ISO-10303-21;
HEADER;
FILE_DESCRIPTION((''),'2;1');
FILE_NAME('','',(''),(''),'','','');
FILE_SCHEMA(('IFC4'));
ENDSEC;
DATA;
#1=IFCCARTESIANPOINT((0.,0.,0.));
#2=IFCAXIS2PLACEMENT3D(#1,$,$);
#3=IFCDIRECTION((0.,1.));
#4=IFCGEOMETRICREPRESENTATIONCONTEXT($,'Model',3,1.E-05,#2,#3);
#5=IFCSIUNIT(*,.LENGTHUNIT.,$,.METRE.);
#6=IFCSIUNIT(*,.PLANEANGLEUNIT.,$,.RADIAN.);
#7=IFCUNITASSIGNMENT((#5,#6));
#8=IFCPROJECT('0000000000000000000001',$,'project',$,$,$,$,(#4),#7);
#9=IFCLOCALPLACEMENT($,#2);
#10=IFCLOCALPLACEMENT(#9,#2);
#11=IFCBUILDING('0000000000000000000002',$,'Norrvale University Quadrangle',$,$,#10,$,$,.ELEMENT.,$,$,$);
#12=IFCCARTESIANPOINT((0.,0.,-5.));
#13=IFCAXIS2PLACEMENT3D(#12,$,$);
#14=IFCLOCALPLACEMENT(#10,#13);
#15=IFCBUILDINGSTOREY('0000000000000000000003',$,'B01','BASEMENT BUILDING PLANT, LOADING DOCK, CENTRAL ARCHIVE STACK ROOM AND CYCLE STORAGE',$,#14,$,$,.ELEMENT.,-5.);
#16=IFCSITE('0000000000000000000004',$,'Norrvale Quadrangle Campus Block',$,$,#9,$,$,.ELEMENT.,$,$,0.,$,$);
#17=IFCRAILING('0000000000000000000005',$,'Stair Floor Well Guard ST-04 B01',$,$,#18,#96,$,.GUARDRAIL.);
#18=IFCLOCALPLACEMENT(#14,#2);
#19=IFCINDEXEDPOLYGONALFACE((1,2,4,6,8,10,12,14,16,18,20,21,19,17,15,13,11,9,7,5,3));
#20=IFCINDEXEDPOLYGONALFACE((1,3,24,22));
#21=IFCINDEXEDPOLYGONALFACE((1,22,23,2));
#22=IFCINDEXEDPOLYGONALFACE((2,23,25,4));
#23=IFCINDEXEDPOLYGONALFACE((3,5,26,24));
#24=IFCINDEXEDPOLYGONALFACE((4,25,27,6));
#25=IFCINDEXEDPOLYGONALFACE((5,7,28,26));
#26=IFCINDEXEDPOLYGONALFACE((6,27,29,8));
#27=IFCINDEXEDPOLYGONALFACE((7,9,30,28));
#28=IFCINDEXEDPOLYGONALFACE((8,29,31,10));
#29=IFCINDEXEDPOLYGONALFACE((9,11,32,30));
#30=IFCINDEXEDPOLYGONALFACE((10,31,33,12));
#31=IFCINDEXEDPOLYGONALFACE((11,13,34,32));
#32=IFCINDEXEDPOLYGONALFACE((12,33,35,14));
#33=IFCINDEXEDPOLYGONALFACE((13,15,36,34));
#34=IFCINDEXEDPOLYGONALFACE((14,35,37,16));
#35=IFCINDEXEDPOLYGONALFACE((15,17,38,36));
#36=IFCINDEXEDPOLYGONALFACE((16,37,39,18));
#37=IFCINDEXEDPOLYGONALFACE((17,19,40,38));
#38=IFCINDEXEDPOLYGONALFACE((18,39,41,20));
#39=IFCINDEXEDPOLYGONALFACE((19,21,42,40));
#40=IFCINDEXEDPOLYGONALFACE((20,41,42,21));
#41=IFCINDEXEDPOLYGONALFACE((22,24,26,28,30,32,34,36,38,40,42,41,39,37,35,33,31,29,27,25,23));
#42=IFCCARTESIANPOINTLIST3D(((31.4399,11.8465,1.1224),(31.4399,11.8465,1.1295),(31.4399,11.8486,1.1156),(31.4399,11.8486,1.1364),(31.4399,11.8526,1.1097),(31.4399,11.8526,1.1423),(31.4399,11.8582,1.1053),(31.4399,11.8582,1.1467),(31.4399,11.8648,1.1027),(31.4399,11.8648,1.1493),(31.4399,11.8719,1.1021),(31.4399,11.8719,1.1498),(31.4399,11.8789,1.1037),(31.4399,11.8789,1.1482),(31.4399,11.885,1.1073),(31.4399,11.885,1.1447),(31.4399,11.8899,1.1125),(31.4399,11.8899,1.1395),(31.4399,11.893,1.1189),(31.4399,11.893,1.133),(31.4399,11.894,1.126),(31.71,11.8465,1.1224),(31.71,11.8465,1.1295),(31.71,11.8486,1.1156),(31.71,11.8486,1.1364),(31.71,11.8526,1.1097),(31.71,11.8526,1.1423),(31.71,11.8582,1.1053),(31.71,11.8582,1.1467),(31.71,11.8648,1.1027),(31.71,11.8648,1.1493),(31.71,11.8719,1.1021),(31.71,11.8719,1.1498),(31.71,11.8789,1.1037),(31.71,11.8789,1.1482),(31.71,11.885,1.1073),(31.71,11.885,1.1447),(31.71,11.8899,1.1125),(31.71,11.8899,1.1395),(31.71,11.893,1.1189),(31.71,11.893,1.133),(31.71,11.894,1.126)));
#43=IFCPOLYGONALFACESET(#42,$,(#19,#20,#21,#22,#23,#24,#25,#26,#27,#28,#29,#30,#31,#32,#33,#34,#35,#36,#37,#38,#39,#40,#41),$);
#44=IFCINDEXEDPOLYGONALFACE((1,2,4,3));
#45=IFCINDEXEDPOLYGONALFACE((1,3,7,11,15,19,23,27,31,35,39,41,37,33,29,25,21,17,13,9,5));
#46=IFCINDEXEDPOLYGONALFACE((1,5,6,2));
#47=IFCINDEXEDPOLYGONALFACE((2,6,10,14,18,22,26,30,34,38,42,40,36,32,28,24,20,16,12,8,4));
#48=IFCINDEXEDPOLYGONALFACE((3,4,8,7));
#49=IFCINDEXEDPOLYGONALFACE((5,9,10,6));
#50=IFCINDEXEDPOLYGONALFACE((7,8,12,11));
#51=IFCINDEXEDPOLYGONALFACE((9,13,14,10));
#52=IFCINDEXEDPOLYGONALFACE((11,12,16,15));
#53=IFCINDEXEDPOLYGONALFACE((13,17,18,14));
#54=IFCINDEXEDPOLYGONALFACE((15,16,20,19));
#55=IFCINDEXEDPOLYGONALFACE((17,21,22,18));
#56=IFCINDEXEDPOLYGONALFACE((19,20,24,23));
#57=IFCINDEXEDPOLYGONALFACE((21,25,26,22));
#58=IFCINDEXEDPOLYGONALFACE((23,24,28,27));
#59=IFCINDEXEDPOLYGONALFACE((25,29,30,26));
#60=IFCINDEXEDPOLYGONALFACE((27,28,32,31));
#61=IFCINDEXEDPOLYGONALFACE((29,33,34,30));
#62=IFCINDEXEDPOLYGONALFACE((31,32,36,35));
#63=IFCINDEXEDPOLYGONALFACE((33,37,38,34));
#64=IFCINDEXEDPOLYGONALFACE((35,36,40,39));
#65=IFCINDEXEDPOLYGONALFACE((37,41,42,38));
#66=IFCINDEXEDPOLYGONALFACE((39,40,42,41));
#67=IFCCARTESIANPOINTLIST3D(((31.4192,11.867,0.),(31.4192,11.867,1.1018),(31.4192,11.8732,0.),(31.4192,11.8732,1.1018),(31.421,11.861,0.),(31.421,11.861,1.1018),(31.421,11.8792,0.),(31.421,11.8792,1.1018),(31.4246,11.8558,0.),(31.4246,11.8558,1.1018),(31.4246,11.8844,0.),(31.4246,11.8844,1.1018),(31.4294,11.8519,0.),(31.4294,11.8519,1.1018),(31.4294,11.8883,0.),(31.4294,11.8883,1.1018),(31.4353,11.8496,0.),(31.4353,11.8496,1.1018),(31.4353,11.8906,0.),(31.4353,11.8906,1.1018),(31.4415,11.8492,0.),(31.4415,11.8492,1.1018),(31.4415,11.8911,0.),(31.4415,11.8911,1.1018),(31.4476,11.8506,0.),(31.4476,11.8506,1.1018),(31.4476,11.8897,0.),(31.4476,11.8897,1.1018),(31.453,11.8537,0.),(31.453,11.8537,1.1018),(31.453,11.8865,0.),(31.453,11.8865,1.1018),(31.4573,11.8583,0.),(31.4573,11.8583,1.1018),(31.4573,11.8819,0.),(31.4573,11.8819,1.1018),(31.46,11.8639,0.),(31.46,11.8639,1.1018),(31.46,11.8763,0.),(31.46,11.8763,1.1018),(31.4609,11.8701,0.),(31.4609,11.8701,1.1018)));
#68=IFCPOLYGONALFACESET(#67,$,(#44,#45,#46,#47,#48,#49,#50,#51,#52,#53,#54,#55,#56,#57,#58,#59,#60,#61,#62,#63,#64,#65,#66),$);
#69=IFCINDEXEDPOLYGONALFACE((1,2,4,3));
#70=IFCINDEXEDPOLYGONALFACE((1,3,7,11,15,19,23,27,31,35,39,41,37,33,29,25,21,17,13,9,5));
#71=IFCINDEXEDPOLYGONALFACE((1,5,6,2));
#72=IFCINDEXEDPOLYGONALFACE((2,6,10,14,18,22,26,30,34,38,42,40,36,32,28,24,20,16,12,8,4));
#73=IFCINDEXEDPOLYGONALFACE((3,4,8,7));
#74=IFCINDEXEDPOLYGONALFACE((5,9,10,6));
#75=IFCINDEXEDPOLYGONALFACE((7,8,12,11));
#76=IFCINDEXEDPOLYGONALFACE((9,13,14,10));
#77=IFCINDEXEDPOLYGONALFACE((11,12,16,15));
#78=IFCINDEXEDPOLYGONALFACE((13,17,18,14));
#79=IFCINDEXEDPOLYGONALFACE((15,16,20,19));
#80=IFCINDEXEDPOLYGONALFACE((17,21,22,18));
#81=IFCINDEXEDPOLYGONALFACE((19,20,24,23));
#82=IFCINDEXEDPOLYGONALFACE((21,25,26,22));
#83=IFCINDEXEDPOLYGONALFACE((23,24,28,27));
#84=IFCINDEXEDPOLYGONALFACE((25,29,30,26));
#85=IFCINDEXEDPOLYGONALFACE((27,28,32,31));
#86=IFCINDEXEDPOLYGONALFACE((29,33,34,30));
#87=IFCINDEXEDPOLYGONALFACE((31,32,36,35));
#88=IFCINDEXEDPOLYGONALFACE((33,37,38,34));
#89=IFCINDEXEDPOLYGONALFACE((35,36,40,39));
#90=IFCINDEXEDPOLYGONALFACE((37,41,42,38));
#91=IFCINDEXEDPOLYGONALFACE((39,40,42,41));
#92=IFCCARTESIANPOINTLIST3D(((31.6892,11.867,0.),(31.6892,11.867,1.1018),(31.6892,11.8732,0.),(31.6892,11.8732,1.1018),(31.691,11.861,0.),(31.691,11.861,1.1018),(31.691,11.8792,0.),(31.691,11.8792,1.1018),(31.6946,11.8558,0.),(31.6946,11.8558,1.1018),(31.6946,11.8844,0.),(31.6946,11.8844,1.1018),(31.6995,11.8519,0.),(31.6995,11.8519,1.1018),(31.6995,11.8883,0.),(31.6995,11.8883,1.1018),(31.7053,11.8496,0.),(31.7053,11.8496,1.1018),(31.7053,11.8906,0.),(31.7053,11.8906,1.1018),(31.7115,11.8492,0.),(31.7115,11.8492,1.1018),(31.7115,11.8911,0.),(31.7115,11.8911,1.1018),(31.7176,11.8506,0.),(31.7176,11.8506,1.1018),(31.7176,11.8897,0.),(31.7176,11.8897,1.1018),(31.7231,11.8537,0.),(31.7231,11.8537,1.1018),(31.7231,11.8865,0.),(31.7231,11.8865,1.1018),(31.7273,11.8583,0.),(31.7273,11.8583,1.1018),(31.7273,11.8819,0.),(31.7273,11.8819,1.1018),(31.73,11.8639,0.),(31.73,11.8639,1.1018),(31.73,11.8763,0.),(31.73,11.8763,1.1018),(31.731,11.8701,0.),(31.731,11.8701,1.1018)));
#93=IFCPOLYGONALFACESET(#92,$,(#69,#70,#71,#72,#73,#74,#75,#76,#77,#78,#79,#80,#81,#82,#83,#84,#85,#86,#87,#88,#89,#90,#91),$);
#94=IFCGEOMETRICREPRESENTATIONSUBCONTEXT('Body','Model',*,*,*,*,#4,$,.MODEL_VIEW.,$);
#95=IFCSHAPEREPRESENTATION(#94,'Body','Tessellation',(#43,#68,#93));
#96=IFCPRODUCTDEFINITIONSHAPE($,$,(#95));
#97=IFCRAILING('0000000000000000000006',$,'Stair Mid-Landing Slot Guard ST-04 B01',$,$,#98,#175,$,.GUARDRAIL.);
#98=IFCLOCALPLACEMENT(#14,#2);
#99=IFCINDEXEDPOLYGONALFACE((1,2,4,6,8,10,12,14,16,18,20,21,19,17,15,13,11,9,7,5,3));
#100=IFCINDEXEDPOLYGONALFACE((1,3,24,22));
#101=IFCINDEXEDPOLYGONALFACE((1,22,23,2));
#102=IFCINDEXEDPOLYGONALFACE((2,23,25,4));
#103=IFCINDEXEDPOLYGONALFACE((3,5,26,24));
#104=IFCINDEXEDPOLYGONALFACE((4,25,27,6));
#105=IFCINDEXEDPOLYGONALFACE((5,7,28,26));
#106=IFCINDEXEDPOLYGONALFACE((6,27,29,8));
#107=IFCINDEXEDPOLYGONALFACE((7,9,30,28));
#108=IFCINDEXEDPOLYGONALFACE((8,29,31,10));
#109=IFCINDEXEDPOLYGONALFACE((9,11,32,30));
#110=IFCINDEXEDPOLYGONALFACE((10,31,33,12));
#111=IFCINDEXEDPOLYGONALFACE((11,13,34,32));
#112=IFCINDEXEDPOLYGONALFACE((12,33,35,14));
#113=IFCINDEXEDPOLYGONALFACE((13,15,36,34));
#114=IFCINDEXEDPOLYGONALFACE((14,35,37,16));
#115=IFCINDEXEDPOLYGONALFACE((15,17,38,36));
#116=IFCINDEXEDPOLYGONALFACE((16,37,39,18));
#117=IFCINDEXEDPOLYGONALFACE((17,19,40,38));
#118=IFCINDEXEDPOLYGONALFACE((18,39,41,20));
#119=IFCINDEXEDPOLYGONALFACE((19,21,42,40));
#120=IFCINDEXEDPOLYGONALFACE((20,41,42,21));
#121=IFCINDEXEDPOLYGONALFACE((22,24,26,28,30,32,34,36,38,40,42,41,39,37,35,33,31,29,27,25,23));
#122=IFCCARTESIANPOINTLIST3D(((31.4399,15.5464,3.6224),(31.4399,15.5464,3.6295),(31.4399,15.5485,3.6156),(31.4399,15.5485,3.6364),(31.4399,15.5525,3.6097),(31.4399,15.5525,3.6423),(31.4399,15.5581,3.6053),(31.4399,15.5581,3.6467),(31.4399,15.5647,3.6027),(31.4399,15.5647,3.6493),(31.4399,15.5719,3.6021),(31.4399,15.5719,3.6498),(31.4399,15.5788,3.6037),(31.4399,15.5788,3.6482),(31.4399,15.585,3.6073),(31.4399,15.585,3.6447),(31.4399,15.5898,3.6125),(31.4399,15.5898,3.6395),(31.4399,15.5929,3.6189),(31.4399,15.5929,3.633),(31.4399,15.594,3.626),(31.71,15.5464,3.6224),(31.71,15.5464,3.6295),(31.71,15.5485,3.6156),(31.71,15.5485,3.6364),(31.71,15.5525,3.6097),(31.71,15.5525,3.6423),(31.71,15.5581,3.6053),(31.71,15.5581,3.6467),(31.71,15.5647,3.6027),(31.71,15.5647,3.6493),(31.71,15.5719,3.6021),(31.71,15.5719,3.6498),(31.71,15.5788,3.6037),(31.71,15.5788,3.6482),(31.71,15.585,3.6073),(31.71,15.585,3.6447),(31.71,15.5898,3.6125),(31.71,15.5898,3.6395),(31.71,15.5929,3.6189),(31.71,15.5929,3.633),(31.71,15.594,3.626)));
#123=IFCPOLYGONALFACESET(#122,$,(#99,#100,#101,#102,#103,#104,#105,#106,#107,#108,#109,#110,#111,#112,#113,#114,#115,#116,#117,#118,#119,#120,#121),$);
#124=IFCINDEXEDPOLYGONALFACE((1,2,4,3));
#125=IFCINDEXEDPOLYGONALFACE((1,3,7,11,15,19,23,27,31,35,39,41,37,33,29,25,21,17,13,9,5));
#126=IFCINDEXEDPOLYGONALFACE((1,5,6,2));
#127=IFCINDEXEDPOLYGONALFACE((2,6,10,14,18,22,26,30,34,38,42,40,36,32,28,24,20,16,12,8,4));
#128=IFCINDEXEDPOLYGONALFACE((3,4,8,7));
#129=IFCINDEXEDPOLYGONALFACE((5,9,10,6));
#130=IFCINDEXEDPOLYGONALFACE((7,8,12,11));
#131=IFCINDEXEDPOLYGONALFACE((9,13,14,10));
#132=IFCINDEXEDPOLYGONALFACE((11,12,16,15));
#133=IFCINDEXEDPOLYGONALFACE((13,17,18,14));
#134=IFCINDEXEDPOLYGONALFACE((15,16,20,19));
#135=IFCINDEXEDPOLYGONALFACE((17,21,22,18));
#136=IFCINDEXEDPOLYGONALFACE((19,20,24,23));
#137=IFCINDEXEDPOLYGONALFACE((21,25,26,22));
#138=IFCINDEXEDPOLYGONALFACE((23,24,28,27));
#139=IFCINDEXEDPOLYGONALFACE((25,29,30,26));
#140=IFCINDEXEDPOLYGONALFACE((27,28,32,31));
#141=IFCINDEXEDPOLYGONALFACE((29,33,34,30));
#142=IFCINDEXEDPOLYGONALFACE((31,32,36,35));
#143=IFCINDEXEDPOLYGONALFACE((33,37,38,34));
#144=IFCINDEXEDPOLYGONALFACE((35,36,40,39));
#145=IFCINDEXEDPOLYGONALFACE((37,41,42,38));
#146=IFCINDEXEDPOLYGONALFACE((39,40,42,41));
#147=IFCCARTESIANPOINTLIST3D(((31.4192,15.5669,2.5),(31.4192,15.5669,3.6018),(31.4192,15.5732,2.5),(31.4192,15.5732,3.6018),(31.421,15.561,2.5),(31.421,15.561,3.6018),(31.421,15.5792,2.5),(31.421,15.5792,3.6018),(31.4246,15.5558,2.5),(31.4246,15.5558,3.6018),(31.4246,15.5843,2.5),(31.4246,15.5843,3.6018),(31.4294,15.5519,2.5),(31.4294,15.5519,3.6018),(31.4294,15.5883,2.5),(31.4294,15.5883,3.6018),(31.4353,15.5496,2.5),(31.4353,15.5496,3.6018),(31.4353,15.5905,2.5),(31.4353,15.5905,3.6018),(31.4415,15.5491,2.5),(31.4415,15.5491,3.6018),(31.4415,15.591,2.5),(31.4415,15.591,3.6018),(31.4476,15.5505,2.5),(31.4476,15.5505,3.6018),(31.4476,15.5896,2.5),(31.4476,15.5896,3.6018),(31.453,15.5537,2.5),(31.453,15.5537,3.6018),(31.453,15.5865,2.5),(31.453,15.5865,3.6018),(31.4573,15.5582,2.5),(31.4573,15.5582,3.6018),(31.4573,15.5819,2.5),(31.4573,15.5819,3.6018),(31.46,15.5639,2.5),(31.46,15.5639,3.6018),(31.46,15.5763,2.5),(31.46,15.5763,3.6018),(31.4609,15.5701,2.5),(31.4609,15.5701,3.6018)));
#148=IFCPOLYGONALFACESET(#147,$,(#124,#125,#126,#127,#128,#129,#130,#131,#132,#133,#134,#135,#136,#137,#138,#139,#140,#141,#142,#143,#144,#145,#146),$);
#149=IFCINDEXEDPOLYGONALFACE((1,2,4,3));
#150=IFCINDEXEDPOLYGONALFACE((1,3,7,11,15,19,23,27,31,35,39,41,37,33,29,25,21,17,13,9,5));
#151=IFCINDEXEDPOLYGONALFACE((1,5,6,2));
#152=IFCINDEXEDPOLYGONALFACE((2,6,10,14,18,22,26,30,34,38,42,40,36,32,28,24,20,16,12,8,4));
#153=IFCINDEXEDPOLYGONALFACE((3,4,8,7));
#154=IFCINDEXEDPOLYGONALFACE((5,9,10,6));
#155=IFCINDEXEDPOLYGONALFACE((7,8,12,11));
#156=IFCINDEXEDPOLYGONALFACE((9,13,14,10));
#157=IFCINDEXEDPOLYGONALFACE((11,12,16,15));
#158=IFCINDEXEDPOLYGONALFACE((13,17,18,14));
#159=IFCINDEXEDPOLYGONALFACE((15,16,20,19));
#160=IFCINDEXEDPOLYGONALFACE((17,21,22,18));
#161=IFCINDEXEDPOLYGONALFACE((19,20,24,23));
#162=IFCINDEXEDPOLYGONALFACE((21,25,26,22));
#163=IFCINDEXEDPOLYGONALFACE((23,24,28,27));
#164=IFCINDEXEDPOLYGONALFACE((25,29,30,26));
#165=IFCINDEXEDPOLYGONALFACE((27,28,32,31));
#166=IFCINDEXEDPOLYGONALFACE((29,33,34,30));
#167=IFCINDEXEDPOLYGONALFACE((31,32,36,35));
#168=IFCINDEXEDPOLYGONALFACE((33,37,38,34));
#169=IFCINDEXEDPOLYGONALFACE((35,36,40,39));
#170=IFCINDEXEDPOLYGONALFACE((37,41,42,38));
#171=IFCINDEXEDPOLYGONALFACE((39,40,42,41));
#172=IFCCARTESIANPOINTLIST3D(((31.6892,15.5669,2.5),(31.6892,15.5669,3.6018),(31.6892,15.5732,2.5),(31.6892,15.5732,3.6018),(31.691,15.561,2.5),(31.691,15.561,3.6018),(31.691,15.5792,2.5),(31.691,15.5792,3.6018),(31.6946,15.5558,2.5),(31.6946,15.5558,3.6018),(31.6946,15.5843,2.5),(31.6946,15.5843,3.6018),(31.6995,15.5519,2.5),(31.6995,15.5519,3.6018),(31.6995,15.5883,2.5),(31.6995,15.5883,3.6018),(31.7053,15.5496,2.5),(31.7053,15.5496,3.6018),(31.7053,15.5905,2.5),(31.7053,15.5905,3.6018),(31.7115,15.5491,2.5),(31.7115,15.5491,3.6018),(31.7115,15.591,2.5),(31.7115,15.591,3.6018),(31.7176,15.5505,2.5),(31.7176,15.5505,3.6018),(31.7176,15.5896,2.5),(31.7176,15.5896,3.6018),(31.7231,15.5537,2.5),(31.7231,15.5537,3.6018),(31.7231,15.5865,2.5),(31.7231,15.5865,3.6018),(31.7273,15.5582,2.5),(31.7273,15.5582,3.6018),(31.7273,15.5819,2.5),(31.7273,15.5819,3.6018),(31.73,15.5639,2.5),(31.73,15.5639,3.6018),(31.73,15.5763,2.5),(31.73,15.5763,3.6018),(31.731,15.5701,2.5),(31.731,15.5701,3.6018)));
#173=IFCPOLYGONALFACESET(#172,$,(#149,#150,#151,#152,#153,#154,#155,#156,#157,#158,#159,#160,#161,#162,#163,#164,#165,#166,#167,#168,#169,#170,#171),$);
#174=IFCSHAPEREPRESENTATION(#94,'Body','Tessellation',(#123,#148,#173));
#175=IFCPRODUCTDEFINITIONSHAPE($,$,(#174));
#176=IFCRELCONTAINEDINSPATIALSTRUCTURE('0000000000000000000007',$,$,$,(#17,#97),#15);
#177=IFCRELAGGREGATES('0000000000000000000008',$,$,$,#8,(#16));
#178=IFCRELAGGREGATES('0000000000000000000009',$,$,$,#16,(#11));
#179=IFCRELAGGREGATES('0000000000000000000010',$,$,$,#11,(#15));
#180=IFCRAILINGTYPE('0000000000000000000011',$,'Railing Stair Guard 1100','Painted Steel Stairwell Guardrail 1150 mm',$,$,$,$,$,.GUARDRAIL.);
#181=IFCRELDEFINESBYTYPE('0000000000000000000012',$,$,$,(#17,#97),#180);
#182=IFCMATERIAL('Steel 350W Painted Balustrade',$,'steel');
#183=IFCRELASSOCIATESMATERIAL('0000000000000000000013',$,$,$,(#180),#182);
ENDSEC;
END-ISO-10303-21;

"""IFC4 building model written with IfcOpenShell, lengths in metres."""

from ifc_helpers import new_model, si_unit, direction, frame, origin, origin_2d, place, context, subcontext, project, spatial, circle, extrude, material, type_object, element, save


model = new_model("IFC4")

# Units and contexts
model_context = context("Model", 3, precision=1e-05, world=origin(), true_north=direction((0.0, 1.0)))
body_context = subcontext(model_context, "Body", "Model", "MODEL_VIEW")
ifc_project = project(units=[si_unit("LENGTHUNIT", "METRE"), si_unit("PLANEANGLEUNIT", "RADIAN")], contexts=[model_context])

# Site, building, storey
site_placement = place(None, origin())
site = spatial("IfcSite", under=ifc_project, at=site_placement, Name="Norrvale Quadrangle Campus Block", CompositionType="ELEMENT", RefElevation=0.0)
building_placement = place(site_placement, origin())
building = spatial("IfcBuilding", under=site, at=building_placement, Name="Norrvale University Quadrangle", CompositionType="ELEMENT")
storey_placement = place(building_placement, frame((0.0, 0.0, -5.0)))
storey = spatial("IfcBuildingStorey", under=building, at=storey_placement, Name="B01", Description="BASEMENT BUILDING PLANT, LOADING DOCK, CENTRAL ARCHIVE STACK ROOM AND CYCLE STORAGE", CompositionType="ELEMENT", Elevation=-5.0)

# Railings
ifc_material_1 = material(Name="Steel 350W Painted Balustrade", Category="steel")
railing_type_1 = type_object("IfcRailingType", Name="Railing Stair Guard 1100", Description="Painted Steel Stairwell Guardrail 1150 mm", PredefinedType="GUARDRAIL", material=ifc_material_1)
for number, where, name in (
    (1, (31.4399, 11.8701, 0.0), "Stair Floor Well Guard ST-04 B01"),
    (2, (31.4399, 15.5701, 2.5), "Stair Mid-Landing Slot Guard ST-04 B01"),
):
    element("IfcRailing", number, at=place(storey_placement, frame(where)), inside=storey, type_object=railing_type_1, Name=name, PredefinedType="GUARDRAIL", context=body_context, shape_type="SweptSolid", body=[
        extrude(circle(Radius=0.0239, at=origin_2d()), frame((0.0, 0.0, 1.126), z_axis=(1.0, 0.0, 0.0), x_axis=(0.0, 1.0, 0.0)), (0.0, 0.0, 1.0), 0.27),
        extrude(circle(Radius=0.021, at=origin_2d()), origin(), (0.0, 0.0, 1.0), 1.1018),
        extrude(circle(Radius=0.021, at=origin_2d()), frame((0.27, 0.0, 0.0)), (0.0, 0.0, 1.0), 1.1018),
    ])

save(model, "model.ifc")
